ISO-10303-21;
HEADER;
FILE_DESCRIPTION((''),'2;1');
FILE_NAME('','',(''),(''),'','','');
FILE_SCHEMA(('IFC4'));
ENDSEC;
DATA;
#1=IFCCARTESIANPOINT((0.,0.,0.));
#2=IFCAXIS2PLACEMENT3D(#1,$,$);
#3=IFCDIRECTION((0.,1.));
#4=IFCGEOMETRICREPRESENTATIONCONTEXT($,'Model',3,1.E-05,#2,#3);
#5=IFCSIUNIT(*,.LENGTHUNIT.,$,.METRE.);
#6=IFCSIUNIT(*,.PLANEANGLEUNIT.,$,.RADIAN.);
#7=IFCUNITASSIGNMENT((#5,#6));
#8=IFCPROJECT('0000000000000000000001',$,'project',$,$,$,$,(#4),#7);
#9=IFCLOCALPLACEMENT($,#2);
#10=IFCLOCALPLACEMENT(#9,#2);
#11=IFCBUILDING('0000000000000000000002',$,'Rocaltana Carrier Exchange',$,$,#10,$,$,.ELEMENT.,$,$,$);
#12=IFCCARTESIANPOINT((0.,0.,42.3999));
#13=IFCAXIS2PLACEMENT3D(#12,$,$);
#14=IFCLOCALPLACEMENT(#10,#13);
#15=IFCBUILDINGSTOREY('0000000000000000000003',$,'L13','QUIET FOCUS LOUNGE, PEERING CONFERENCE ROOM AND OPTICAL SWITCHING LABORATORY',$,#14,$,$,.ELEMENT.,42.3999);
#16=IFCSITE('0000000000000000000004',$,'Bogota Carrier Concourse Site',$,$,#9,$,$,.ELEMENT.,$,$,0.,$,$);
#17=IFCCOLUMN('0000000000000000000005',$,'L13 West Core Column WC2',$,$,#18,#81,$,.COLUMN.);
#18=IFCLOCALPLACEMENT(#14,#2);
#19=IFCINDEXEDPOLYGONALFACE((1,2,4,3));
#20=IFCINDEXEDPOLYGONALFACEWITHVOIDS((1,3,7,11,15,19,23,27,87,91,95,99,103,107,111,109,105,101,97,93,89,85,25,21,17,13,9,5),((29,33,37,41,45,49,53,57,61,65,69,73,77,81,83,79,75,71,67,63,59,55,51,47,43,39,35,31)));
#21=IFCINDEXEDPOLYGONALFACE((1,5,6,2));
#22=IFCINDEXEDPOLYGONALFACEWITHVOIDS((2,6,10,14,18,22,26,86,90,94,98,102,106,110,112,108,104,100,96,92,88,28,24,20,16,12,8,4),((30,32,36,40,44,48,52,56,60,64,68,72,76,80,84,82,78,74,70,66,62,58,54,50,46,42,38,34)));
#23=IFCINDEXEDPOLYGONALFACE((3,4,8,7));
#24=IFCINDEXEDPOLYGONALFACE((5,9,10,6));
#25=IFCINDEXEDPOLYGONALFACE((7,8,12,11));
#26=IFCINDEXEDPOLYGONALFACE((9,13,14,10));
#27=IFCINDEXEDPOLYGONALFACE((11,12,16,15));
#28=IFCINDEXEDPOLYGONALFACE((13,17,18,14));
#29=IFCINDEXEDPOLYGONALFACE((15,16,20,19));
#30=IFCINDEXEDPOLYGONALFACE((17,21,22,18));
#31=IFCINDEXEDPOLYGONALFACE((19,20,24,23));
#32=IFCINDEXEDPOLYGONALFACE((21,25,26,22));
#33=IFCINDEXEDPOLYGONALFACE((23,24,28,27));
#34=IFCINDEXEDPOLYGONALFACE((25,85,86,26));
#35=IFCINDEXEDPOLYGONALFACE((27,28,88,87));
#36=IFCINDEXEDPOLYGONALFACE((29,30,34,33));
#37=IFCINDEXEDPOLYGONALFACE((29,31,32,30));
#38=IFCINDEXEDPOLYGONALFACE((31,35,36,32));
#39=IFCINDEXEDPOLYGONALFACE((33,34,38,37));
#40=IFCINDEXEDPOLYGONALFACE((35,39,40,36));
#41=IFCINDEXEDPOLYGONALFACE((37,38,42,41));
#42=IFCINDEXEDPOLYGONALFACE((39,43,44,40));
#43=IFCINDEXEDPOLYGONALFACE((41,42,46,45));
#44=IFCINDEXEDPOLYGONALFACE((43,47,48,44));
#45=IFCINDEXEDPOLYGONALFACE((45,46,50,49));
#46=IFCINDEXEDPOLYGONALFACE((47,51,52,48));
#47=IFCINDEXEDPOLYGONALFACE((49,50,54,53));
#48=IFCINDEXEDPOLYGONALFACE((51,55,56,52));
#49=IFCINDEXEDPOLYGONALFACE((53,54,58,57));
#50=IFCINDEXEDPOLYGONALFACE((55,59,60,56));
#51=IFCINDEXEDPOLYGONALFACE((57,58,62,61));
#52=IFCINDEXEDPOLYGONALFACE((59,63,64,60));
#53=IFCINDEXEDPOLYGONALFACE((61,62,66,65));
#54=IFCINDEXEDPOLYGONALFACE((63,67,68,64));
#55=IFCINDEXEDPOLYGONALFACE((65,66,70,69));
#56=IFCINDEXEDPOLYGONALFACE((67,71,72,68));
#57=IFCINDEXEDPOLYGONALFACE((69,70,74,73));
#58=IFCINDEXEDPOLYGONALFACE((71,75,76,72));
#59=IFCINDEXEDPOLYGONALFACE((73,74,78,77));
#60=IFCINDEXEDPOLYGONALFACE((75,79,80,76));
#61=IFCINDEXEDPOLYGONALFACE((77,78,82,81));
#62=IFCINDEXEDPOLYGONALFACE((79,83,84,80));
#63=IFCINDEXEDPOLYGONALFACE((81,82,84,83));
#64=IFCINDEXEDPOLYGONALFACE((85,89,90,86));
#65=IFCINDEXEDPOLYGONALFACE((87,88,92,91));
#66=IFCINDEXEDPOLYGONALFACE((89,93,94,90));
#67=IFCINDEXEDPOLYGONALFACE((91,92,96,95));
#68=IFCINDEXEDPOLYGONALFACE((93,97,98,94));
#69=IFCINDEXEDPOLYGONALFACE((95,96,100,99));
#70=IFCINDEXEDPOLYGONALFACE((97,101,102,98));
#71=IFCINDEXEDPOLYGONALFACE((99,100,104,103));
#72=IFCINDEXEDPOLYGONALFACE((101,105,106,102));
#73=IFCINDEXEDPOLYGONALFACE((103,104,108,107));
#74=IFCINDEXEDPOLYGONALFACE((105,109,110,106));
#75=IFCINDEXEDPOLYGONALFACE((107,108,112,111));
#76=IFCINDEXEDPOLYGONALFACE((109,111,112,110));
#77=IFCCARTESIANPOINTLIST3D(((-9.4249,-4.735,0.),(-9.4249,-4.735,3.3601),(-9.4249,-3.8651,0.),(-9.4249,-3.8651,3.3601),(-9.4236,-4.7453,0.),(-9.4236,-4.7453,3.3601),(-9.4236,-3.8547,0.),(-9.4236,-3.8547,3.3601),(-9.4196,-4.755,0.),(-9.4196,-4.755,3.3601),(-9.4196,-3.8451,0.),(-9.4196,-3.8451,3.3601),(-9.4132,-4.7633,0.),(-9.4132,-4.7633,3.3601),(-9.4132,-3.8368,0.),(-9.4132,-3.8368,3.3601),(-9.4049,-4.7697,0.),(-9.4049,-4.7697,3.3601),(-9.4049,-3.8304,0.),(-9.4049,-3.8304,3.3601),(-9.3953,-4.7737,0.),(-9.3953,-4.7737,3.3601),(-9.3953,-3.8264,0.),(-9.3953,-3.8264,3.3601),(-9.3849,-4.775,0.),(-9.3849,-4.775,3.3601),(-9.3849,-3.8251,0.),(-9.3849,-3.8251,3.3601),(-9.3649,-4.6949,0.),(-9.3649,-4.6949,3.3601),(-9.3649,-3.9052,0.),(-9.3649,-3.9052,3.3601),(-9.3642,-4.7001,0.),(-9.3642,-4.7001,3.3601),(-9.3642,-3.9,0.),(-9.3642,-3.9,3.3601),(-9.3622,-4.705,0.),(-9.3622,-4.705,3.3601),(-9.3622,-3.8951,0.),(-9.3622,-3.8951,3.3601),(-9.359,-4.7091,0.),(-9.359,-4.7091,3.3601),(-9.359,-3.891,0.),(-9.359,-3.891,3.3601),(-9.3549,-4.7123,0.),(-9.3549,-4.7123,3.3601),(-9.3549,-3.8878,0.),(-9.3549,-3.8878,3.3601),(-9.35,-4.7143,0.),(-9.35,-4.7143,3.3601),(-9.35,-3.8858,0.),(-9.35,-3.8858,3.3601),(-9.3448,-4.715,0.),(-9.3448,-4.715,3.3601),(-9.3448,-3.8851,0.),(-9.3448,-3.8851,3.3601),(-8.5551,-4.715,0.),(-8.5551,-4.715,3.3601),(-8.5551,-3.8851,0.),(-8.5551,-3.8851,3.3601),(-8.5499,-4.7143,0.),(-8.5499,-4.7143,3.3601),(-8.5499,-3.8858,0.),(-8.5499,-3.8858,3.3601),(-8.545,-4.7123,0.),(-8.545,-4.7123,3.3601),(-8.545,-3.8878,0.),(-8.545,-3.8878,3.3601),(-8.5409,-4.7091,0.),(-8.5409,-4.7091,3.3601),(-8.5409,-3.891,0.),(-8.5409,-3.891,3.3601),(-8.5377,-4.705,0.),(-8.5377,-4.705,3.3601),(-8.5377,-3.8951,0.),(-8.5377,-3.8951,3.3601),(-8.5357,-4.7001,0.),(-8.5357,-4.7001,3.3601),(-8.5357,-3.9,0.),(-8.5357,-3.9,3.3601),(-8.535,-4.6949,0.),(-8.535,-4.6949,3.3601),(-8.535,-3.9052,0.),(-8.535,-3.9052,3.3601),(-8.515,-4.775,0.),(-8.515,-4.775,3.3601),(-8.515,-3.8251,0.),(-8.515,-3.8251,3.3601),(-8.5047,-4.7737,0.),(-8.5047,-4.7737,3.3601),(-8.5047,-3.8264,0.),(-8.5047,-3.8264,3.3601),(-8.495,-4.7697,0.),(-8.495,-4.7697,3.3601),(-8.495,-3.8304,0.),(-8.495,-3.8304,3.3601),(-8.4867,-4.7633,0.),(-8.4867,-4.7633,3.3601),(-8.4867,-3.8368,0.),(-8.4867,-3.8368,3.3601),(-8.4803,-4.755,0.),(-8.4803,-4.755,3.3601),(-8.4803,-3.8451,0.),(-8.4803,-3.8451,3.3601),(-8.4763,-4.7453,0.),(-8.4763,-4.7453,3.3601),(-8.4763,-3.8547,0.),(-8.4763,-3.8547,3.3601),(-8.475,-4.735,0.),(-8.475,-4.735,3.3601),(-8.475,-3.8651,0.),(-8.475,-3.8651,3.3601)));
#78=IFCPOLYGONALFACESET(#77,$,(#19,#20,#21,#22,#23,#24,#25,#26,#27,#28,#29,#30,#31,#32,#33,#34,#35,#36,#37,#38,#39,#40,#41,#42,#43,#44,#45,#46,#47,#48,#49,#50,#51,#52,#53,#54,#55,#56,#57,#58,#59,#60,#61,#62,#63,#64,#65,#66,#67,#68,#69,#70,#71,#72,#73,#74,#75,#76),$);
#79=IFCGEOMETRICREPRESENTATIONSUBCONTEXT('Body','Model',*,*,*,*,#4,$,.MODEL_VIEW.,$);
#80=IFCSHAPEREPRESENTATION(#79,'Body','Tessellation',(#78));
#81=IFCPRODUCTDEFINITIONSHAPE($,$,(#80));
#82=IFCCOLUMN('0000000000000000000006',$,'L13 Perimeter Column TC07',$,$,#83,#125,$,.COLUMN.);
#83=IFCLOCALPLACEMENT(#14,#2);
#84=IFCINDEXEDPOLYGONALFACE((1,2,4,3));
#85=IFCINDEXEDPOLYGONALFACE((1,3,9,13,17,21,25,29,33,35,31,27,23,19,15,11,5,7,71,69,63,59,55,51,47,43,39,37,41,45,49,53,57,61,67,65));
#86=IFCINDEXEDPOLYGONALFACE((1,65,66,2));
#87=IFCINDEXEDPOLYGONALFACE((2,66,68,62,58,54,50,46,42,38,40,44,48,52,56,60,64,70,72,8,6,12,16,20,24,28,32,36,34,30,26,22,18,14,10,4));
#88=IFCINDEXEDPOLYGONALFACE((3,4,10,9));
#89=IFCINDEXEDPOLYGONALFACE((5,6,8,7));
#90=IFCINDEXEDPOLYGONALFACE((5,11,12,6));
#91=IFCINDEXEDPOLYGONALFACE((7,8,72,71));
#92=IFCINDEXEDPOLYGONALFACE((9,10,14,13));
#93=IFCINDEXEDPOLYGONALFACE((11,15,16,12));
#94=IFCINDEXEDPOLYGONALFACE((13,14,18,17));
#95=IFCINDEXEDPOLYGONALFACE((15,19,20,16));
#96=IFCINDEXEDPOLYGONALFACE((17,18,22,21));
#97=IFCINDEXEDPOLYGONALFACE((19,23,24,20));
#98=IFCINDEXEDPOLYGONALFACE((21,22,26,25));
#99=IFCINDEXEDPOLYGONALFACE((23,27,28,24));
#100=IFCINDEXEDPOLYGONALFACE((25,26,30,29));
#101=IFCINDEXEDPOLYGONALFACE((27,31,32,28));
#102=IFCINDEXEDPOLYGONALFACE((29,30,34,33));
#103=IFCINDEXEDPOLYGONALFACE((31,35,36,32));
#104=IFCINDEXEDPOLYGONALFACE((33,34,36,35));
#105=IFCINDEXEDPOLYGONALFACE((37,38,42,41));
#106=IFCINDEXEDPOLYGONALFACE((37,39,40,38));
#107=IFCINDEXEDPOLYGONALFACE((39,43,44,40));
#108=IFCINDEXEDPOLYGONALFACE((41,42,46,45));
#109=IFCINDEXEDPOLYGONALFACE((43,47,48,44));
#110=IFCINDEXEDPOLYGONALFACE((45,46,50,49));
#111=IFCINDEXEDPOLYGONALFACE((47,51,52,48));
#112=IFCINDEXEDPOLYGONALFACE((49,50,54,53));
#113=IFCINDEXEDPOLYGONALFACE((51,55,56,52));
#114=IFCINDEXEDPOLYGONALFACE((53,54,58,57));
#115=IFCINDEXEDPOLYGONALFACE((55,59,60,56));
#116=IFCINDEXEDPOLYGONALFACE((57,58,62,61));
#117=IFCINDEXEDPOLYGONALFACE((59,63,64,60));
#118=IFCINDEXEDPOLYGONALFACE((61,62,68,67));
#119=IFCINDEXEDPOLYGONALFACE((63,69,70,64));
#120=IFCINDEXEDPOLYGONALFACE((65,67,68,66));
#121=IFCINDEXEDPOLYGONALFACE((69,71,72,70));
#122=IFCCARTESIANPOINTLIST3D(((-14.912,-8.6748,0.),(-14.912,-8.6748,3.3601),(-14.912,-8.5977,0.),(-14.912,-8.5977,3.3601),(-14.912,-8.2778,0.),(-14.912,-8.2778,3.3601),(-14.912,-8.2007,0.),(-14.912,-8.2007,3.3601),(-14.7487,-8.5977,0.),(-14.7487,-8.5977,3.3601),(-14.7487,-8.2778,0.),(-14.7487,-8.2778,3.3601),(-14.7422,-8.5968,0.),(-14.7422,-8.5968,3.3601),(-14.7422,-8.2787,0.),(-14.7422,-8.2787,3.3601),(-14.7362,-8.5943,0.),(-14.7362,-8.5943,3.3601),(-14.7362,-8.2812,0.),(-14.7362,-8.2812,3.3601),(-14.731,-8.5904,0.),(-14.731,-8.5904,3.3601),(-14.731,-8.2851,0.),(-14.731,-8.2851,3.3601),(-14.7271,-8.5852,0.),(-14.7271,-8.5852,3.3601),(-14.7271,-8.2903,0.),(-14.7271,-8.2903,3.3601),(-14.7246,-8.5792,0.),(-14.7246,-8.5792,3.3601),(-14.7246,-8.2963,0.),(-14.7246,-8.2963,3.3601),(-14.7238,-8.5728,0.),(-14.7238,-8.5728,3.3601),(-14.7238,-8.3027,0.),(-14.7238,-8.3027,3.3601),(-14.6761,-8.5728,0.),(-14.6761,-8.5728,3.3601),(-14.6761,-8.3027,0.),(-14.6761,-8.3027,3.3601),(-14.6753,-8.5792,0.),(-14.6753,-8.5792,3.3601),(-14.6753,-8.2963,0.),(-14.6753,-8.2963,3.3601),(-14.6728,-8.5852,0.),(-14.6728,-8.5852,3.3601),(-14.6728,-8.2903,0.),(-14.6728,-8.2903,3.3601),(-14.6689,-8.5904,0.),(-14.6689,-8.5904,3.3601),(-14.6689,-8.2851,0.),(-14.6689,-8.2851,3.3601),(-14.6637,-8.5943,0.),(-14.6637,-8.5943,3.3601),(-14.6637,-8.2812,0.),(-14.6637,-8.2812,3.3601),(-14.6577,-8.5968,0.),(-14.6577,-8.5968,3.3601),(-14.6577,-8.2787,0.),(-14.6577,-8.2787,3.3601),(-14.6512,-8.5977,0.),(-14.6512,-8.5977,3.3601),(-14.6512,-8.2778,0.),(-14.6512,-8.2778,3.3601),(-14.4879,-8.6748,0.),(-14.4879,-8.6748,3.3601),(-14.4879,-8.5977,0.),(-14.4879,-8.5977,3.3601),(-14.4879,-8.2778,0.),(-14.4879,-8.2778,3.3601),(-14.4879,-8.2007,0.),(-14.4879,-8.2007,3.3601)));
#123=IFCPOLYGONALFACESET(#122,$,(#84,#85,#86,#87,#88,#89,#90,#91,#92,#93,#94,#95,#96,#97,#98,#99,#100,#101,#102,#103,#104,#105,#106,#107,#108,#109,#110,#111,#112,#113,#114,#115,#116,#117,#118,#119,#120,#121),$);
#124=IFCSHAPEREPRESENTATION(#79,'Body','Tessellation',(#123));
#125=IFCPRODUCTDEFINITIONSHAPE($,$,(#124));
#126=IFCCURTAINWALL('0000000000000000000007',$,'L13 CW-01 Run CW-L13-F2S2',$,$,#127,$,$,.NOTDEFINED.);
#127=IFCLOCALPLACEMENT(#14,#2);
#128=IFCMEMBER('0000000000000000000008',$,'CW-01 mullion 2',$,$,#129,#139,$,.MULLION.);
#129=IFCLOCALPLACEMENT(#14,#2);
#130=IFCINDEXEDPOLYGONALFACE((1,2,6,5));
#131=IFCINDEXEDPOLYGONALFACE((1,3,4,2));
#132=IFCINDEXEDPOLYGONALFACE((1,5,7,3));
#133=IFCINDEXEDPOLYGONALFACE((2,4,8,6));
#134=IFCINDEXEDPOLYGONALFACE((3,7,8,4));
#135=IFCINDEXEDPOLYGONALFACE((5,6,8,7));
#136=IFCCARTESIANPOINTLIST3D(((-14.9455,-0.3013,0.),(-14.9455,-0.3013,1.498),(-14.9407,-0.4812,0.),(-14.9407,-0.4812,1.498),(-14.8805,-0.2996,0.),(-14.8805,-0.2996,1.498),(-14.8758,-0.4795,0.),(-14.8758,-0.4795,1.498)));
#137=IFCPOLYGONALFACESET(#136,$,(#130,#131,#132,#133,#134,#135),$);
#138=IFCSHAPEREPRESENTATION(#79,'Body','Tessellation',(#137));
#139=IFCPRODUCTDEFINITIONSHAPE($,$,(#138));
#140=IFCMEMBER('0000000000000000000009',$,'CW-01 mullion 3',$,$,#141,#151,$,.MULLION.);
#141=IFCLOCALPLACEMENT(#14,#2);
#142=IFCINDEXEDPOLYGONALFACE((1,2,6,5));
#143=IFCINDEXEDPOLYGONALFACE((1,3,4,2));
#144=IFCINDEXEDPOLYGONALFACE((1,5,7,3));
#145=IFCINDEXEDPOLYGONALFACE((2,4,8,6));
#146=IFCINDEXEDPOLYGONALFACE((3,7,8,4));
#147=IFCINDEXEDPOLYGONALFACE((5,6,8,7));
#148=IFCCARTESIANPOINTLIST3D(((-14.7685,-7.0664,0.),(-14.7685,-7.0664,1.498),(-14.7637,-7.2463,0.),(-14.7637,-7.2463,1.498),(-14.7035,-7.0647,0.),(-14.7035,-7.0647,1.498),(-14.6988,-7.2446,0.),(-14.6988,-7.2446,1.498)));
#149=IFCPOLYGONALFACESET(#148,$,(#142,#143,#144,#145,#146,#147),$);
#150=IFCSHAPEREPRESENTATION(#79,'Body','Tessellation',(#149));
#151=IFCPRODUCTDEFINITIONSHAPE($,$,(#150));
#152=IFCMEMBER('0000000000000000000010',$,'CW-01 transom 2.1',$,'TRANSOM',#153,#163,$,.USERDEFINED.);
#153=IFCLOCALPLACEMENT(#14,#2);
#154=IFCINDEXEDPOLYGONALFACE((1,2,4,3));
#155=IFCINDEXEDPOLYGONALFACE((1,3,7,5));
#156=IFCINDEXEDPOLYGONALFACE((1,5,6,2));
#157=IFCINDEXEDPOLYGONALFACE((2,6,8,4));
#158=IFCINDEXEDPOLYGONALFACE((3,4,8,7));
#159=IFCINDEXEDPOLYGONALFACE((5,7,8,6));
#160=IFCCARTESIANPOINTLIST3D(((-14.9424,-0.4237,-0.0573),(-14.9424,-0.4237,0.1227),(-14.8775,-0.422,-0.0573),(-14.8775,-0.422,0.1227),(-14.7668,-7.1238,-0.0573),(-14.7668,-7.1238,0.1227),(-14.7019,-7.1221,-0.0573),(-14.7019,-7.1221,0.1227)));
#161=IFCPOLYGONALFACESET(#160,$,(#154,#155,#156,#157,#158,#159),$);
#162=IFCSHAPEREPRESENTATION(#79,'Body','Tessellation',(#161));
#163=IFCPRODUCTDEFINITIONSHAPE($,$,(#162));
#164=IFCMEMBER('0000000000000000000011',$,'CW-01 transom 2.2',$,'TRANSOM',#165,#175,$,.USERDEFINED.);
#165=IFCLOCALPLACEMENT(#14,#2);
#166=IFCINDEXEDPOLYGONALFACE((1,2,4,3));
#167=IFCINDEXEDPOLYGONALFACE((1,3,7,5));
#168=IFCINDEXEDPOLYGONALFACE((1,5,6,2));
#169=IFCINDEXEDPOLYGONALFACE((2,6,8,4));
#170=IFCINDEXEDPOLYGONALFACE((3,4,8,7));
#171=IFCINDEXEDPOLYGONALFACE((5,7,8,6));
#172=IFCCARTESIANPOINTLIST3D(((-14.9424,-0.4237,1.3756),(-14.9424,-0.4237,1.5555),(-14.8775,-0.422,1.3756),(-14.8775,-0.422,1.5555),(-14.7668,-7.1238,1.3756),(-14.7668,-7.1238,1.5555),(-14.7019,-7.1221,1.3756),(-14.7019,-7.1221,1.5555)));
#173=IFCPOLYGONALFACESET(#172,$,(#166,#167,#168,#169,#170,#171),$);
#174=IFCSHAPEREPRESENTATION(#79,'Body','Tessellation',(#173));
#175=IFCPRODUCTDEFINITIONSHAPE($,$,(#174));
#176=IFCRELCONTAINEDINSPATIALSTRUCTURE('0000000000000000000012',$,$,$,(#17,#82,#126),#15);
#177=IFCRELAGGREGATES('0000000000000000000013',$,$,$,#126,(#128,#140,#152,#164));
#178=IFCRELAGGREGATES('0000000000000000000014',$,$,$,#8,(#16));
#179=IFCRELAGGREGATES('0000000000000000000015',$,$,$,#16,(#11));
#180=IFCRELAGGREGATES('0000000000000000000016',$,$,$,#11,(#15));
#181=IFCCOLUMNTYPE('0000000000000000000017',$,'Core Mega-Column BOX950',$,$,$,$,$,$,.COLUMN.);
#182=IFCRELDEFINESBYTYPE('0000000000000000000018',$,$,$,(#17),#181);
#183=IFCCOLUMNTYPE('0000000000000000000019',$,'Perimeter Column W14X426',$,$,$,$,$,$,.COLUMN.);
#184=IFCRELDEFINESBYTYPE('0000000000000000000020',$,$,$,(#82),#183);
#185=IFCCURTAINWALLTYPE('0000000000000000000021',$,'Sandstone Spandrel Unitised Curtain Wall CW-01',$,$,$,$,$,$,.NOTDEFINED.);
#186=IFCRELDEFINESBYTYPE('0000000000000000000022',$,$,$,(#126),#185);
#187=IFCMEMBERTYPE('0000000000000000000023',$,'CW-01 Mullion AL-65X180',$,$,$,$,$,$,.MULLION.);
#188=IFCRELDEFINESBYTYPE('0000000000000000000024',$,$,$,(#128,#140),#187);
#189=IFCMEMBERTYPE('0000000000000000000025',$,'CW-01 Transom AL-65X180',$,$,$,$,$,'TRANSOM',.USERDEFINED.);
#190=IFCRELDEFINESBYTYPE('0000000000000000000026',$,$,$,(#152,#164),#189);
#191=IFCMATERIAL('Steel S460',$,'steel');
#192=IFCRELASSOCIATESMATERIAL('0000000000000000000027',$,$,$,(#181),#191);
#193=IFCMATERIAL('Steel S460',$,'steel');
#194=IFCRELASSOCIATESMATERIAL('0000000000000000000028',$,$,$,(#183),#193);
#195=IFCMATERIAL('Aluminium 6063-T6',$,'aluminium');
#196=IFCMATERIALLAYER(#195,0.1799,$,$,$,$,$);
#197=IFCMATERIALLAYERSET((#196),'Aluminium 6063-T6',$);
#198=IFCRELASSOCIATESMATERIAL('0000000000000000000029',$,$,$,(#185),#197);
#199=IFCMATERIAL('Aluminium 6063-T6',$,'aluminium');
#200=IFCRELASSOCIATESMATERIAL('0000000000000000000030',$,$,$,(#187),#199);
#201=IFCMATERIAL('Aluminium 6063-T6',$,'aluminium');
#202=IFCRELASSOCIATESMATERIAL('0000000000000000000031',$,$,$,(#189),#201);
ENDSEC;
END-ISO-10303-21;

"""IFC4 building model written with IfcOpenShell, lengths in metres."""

from ifc_helpers import new_model, si_unit, direction, frame, origin, origin_2d, place, context, subcontext, project, spatial, rectangle, hollow_rectangle, i_section, extrude, material, layer, layer_set, material_profile, profile_set, type_object, element, aggregate, save


model = new_model("IFC4")

# Units and contexts
model_context = context("Model", 3, precision=1e-05, world=origin(), true_north=direction((0.0, 1.0)))
body_context = subcontext(model_context, "Body", "Model", "MODEL_VIEW")
ifc_project = project(units=[si_unit("LENGTHUNIT", "METRE"), si_unit("PLANEANGLEUNIT", "RADIAN")], contexts=[model_context])

# Site, building, storey
site_placement = place(None, origin())
site = spatial("IfcSite", under=ifc_project, at=site_placement, Name="Bogota Carrier Concourse Site", CompositionType="ELEMENT", RefElevation=0.0)
building_placement = place(site_placement, origin())
building = spatial("IfcBuilding", under=site, at=building_placement, Name="Rocaltana Carrier Exchange", CompositionType="ELEMENT")
storey_placement = place(building_placement, frame((0.0, 0.0, 42.3999)))
storey = spatial("IfcBuildingStorey", under=building, at=storey_placement, Name="L13", Description="QUIET FOCUS LOUNGE, PEERING CONFERENCE ROOM AND OPTICAL SWITCHING LABORATORY", CompositionType="ELEMENT", Elevation=42.3999)

# Columns
ifc_material_1 = material(Name="Steel S460", Category="steel")
ifc_material_profile_1 = material_profile(ifc_material_1, hollow_rectangle(XDim=0.95, YDim=0.95, WallThickness=0.0601, InnerFilletRadius=0.02, OuterFilletRadius=0.04, at=origin_2d()), Name="BOX950X950X60")
ifc_profile_set_1 = profile_set([ifc_material_profile_1], Name="Steel S460")
column_type_1 = type_object("IfcColumnType", Name="Core Mega-Column BOX950", PredefinedType="COLUMN", material=ifc_profile_set_1)
column_1_placement = place(storey_placement, frame((-8.95, -4.3, 0.0), z_axis=(0.0, 0.0, 1.0), x_axis=(1.0, 0.0, 0.0)))
element("IfcColumn", 1, at=column_1_placement, inside=storey, type_object=column_type_1, Name="L13 West Core Column WC2", PredefinedType="COLUMN", context=body_context, shape_type="SweptSolid", body=[
    extrude(hollow_rectangle(XDim=0.95, YDim=0.95, WallThickness=0.0601, InnerFilletRadius=0.02, OuterFilletRadius=0.04, at=origin_2d()), origin(), (0.0, 0.0, 1.0), 3.3601),
])
ifc_material_2 = material(Name="Steel S460", Category="steel")
ifc_material_profile_2 = material_profile(ifc_material_2, i_section(OverallWidth=0.4241, OverallDepth=0.4741, WebThickness=0.0476, FlangeThickness=0.0771, FilletRadius=0.0249, at=origin_2d()), Name="W14X426")
ifc_profile_set_2 = profile_set([ifc_material_profile_2], Name="Steel S460")
column_type_2 = type_object("IfcColumnType", Name="Perimeter Column W14X426", PredefinedType="COLUMN", material=ifc_profile_set_2)
column_2_placement = place(storey_placement, frame((-14.7, -8.4377, 0.0), z_axis=(0.0, 0.0, 1.0), x_axis=(1.0, 0.0, 0.0)))
element("IfcColumn", 2, at=column_2_placement, inside=storey, type_object=column_type_2, Name="L13 Perimeter Column TC07", PredefinedType="COLUMN", context=body_context, shape_type="SweptSolid", body=[
    extrude(i_section(OverallWidth=0.4241, OverallDepth=0.4741, WebThickness=0.0476, FlangeThickness=0.0771, FilletRadius=0.0249, at=origin_2d()), origin(), (0.0, 0.0, 1.0), 3.3601),
])

# Curtain wall, members
ifc_material_3 = material(Name="Aluminium 6063-T6", Category="aluminium")
ifc_layer_1 = layer(ifc_material_3, 0.1799)
ifc_layer_set_1 = layer_set([ifc_layer_1], Name="Aluminium 6063-T6")
curtain_wall_type = type_object("IfcCurtainWallType", Name="Sandstone Spandrel Unitised Curtain Wall CW-01", PredefinedType="NOTDEFINED", material=ifc_layer_set_1)
curtain_wall_placement = place(storey_placement, origin())
curtain_wall = element("IfcCurtainWall", 3, at=curtain_wall_placement, inside=storey, type_object=curtain_wall_type, Name="L13 CW-01 Run CW-L13-F2S2", PredefinedType="NOTDEFINED")
ifc_material_4 = material(Name="Aluminium 6063-T6", Category="aluminium")
ifc_material_profile_3 = material_profile(ifc_material_4, rectangle(XDim=0.0649, YDim=0.1799, at=origin_2d()), Name="AL-65X180")
ifc_profile_set_3 = profile_set([ifc_material_profile_3], Name="Aluminium 6063-T6")
member_type_1 = type_object("IfcMemberType", Name="CW-01 Mullion AL-65X180", PredefinedType="MULLION", material=ifc_profile_set_3)
member_1_placement = place(storey_placement, frame((-14.9106, -0.3904, 0.0), z_axis=(0.0, 0.0, 1.0), x_axis=(0.999657, 0.026177, 0.0)))
member_1 = element("IfcMember", 4, at=member_1_placement, type_object=member_type_1, Name="CW-01 mullion 2", PredefinedType="MULLION", context=body_context, shape_type="SweptSolid", body=[
    extrude(rectangle(XDim=0.0649, YDim=0.1799, at=origin_2d()), origin(), (0.0, 0.0, 1.0), 1.498),
])
member_2_placement = place(storey_placement, frame((-14.7336, -7.1555, 0.0), z_axis=(0.0, 0.0, 1.0), x_axis=(0.999657, 0.026177, 0.0)))
member_2 = element("IfcMember", 5, at=member_2_placement, type_object=member_type_1, Name="CW-01 mullion 3", PredefinedType="MULLION", context=body_context, shape_type="SweptSolid", body=[
    extrude(rectangle(XDim=0.0649, YDim=0.1799, at=origin_2d()), origin(), (0.0, 0.0, 1.0), 1.498),
])
ifc_material_5 = material(Name="Aluminium 6063-T6", Category="aluminium")
ifc_material_profile_4 = material_profile(ifc_material_5, rectangle(XDim=0.0649, YDim=0.1799, at=origin_2d()), Name="AL-65X180")
ifc_profile_set_4 = profile_set([ifc_material_profile_4], Name="Aluminium 6063-T6")
member_type_2 = type_object("IfcMemberType", Name="CW-01 Transom AL-65X180", ElementType="TRANSOM", PredefinedType="USERDEFINED", material=ifc_profile_set_4)
member_3_placement = place(storey_placement, frame((-14.9099, -0.4229, 0.0327), z_axis=(0.02619, -0.999657, 0.0), x_axis=(0.999657, 0.02619, 0.0)))
member_3 = element("IfcMember", 6, at=member_3_placement, type_object=member_type_2, Name="CW-01 transom 2.1", ObjectType="TRANSOM", PredefinedType="USERDEFINED", context=body_context, shape_type="SweptSolid", body=[
    extrude(rectangle(XDim=0.0649, YDim=0.1799, at=origin_2d()), origin(), (0.0, 0.0, 1.0), 6.7024),
])
member_4_placement = place(storey_placement, frame((-14.9099, -0.4229, 1.4656), z_axis=(0.02619, -0.999657, 0.0), x_axis=(0.999657, 0.02619, 0.0)))
member_4 = element("IfcMember", 7, at=member_4_placement, type_object=member_type_2, Name="CW-01 transom 2.2", ObjectType="TRANSOM", PredefinedType="USERDEFINED", context=body_context, shape_type="SweptSolid", body=[
    extrude(rectangle(XDim=0.0649, YDim=0.1799, at=origin_2d()), origin(), (0.0, 0.0, 1.0), 6.7024),
])

aggregate(curtain_wall, [member_1, member_2, member_3, member_4])

save(model, "model.ifc")
